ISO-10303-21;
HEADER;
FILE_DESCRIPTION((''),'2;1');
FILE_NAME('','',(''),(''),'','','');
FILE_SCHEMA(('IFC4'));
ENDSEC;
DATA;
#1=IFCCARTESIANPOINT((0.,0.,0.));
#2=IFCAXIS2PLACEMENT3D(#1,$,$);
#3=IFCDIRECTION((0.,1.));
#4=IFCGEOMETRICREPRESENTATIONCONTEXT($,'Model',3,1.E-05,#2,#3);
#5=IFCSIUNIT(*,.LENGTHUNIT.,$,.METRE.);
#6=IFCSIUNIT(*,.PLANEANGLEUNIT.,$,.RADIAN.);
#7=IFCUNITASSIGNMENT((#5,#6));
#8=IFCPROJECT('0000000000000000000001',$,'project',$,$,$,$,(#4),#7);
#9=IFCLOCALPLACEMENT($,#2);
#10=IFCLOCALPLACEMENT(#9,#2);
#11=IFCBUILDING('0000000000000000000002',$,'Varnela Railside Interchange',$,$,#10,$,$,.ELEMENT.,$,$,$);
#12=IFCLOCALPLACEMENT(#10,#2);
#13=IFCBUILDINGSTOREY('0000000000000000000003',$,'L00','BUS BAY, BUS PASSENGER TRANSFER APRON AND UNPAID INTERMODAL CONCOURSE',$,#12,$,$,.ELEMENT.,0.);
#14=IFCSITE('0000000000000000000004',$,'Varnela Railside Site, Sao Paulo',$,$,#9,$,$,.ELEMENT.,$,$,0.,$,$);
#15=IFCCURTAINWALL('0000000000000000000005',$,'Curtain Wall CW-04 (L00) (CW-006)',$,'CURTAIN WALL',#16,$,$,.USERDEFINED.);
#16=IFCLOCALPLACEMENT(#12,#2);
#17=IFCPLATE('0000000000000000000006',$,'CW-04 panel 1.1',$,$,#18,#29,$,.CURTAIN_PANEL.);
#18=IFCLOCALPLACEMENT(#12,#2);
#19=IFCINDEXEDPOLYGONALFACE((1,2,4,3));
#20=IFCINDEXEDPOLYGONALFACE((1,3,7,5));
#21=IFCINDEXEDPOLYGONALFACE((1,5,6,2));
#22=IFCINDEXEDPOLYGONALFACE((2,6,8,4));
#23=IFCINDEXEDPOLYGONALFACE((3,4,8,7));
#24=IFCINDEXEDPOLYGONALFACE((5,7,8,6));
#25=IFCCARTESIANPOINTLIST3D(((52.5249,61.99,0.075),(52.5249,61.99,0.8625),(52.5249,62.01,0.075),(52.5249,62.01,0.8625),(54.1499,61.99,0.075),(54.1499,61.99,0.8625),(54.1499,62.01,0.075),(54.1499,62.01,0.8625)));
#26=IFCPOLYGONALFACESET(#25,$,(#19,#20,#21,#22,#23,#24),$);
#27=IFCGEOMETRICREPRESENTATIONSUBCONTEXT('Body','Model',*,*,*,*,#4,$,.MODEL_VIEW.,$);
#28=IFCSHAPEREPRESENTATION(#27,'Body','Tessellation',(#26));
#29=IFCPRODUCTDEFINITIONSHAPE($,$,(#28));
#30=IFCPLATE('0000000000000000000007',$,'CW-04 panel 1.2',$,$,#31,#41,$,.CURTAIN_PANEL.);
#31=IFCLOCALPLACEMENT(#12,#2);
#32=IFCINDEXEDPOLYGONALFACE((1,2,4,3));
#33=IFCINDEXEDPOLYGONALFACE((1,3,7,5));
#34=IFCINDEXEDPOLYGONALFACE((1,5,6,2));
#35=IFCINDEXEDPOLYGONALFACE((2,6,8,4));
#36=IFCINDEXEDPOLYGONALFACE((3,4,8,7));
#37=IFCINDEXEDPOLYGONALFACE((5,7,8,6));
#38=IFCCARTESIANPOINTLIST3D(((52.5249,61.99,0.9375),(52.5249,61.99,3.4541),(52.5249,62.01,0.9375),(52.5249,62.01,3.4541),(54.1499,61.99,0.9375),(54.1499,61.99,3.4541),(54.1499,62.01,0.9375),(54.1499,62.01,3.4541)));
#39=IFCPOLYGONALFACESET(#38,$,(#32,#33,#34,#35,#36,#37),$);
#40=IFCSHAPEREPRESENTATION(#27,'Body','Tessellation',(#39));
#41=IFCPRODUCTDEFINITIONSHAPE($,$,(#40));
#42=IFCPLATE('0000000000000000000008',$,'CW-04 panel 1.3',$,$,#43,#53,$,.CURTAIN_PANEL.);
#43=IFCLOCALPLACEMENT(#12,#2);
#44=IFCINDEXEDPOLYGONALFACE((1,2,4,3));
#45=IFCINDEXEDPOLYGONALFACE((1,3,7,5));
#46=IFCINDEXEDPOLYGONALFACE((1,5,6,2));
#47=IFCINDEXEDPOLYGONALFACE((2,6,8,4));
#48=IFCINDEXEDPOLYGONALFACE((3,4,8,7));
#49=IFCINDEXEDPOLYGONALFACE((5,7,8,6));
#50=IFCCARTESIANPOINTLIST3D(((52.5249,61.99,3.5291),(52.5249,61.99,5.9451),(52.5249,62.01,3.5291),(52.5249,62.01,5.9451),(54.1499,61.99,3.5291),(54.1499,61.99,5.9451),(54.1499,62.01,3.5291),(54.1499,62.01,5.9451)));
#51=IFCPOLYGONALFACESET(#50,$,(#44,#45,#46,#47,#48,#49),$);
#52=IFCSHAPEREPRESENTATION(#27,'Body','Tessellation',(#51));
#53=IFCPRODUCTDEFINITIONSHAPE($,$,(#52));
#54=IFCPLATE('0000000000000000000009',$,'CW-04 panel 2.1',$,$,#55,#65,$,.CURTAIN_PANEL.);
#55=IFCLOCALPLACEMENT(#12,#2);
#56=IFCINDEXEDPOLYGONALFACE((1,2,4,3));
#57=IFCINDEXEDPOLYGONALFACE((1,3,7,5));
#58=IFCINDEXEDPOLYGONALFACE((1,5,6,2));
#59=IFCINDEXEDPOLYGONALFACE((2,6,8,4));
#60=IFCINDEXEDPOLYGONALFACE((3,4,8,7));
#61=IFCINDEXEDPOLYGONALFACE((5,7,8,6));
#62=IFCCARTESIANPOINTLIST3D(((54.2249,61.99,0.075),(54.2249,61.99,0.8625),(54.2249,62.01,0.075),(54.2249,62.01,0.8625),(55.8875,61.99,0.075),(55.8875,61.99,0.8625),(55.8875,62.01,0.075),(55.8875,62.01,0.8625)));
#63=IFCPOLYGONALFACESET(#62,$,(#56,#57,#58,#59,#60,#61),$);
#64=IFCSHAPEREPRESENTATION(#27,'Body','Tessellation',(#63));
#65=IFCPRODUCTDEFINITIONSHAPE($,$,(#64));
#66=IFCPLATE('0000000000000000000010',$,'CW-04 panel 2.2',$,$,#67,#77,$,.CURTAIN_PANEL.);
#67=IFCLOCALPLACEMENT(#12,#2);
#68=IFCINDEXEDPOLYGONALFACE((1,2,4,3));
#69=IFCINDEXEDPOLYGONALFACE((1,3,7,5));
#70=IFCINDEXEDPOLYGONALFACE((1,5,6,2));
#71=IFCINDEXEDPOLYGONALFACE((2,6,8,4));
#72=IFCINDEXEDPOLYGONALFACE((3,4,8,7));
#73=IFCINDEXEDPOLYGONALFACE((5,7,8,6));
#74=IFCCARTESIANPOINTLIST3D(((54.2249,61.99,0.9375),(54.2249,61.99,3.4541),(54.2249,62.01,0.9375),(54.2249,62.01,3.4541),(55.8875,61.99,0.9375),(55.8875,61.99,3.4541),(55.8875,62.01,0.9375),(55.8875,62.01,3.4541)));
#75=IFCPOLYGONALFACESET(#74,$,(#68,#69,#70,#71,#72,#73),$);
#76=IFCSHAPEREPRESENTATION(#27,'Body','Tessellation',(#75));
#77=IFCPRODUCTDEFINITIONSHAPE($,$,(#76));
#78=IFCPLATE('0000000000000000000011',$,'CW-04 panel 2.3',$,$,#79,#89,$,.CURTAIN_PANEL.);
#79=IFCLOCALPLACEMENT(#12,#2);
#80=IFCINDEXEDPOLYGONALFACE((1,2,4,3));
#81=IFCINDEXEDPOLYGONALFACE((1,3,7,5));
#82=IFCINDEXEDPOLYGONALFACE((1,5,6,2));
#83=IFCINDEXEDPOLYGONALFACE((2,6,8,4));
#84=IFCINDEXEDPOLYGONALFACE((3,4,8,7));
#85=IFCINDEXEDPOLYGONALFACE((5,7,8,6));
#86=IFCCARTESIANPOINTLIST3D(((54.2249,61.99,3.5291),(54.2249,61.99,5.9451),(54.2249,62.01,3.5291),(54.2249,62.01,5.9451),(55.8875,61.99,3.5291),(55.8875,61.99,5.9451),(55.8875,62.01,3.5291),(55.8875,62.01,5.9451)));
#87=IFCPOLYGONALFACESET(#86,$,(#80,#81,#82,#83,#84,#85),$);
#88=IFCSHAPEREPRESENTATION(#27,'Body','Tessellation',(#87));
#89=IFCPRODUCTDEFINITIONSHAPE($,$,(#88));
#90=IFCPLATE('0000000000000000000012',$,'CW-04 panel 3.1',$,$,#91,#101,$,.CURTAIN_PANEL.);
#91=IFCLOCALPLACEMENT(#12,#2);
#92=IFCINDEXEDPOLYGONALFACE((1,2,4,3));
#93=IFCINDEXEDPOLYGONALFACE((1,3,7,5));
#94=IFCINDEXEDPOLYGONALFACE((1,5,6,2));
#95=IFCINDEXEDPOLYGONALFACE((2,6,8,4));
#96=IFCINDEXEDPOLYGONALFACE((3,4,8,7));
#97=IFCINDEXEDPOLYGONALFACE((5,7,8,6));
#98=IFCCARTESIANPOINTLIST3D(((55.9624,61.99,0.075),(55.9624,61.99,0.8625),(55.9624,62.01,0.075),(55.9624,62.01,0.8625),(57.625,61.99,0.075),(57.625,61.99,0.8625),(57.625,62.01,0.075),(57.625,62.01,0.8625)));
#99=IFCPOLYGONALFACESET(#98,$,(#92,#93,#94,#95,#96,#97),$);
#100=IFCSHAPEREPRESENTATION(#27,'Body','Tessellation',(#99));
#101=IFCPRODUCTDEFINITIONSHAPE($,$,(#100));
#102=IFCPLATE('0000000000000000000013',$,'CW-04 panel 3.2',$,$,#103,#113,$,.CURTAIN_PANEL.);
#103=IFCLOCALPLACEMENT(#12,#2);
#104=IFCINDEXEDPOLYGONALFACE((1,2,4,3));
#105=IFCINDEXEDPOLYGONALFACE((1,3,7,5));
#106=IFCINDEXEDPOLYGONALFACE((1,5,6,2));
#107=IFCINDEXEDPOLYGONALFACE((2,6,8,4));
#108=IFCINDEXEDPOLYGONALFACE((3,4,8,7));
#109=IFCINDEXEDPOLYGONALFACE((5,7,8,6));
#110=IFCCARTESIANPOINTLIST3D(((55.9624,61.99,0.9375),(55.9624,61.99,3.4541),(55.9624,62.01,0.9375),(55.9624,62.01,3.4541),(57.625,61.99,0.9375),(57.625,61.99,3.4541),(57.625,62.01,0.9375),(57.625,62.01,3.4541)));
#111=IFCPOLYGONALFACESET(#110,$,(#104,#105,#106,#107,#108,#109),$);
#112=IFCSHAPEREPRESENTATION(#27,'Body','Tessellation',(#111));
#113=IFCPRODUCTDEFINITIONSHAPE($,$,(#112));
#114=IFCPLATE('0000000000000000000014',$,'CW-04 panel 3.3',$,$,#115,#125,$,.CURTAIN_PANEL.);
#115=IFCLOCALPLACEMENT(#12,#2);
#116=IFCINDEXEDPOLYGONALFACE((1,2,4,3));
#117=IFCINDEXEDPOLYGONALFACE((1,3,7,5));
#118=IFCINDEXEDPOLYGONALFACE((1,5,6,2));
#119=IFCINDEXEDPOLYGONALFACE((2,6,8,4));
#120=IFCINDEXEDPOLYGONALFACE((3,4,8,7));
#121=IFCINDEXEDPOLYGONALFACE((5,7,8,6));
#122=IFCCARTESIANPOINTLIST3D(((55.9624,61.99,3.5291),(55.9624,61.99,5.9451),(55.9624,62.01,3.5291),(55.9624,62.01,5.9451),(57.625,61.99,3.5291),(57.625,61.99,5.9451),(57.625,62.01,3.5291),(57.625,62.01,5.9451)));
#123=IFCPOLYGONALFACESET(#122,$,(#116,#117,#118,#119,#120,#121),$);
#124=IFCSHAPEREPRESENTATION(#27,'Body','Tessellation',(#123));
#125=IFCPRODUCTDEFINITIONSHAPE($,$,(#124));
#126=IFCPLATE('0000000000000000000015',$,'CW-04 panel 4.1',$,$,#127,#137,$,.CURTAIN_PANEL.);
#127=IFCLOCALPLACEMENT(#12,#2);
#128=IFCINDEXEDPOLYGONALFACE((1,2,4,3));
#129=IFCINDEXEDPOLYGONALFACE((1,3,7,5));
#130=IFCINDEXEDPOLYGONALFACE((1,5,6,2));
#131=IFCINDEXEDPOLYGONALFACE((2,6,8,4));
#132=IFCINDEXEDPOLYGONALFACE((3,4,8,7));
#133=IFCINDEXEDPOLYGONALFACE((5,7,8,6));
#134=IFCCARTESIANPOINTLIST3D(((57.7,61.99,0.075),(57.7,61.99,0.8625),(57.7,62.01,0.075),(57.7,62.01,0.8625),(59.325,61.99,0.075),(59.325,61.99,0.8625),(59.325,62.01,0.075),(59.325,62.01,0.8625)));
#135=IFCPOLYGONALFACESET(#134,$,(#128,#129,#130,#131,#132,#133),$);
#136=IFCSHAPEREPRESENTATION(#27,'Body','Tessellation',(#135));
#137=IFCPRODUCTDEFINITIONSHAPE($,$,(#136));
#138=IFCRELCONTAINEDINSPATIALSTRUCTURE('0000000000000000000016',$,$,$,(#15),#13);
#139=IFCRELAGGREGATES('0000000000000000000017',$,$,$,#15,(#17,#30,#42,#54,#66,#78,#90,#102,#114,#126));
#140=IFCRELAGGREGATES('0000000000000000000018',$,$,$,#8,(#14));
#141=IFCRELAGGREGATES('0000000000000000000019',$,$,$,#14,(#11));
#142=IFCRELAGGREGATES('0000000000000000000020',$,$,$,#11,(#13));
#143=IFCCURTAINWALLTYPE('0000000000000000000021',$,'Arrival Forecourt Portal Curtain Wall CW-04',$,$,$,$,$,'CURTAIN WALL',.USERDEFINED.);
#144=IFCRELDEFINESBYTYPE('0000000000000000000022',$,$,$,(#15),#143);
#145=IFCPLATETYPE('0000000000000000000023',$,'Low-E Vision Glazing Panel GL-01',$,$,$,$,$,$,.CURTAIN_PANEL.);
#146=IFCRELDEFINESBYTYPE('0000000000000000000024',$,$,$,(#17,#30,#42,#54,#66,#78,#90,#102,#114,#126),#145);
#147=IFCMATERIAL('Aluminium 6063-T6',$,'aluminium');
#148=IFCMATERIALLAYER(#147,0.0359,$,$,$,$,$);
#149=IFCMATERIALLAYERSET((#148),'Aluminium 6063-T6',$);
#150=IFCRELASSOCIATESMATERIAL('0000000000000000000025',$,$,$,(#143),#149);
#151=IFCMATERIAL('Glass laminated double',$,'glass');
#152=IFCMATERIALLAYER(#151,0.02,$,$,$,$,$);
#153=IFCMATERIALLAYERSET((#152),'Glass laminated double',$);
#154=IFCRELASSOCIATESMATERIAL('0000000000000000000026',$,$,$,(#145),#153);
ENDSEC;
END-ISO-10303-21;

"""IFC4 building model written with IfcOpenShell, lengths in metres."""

from ifc_helpers import new_model, si_unit, direction, frame, origin, origin_2d, place, context, subcontext, project, spatial, rectangle, extrude, material, layer, layer_set, type_object, element, aggregate, save


model = new_model("IFC4")

# Units and contexts
model_context = context("Model", 3, precision=1e-05, world=origin(), true_north=direction((0.0, 1.0)))
body_context = subcontext(model_context, "Body", "Model", "MODEL_VIEW")
ifc_project = project(units=[si_unit("LENGTHUNIT", "METRE"), si_unit("PLANEANGLEUNIT", "RADIAN")], contexts=[model_context])

# Site, building, storey
site_placement = place(None, origin())
site = spatial("IfcSite", under=ifc_project, at=site_placement, Name="Varnela Railside Site, Sao Paulo", CompositionType="ELEMENT", RefElevation=0.0)
building_placement = place(site_placement, origin())
building = spatial("IfcBuilding", under=site, at=building_placement, Name="Varnela Railside Interchange", CompositionType="ELEMENT")
storey_placement = place(building_placement, origin())
storey = spatial("IfcBuildingStorey", under=building, at=storey_placement, Name="L00", Description="BUS BAY, BUS PASSENGER TRANSFER APRON AND UNPAID INTERMODAL CONCOURSE", CompositionType="ELEMENT", Elevation=0.0)

# Curtain wall, plates
ifc_material_1 = material(Name="Aluminium 6063-T6", Category="aluminium")
ifc_layer_1 = layer(ifc_material_1, 0.0359)
ifc_layer_set_1 = layer_set([ifc_layer_1], Name="Aluminium 6063-T6")
curtain_wall_type = type_object("IfcCurtainWallType", Name="Arrival Forecourt Portal Curtain Wall CW-04", ElementType="CURTAIN WALL", PredefinedType="USERDEFINED", material=ifc_layer_set_1)
curtain_wall_placement = place(storey_placement, origin())
curtain_wall = element("IfcCurtainWall", 1, at=curtain_wall_placement, inside=storey, type_object=curtain_wall_type, Name="Curtain Wall CW-04 (L00) (CW-006)", ObjectType="CURTAIN WALL", PredefinedType="USERDEFINED")
ifc_material_2 = material(Name="Glass laminated double", Category="glass")
ifc_layer_2 = layer(ifc_material_2, 0.02)
ifc_layer_set_2 = layer_set([ifc_layer_2], Name="Glass laminated double")
plate_type = type_object("IfcPlateType", Name="Low-E Vision Glazing Panel GL-01", PredefinedType="CURTAIN_PANEL", material=ifc_layer_set_2)
plate_1_placement = place(storey_placement, frame((53.3374, 62.0, 0.075), z_axis=(0.0, 0.0, 1.0), x_axis=(1.0, 0.0, 0.0)))
plate_1 = element("IfcPlate", 2, at=plate_1_placement, type_object=plate_type, Name="CW-04 panel 1.1", PredefinedType="CURTAIN_PANEL", context=body_context, shape_type="SweptSolid", body=[
    extrude(rectangle(XDim=1.625, YDim=0.02, at=origin_2d()), origin(), (0.0, 0.0, 1.0), 0.7876),
])
plate_2_placement = place(storey_placement, frame((53.3374, 62.0, 0.9375), z_axis=(0.0, 0.0, 1.0), x_axis=(1.0, 0.0, 0.0)))
plate_2 = element("IfcPlate", 3, at=plate_2_placement, type_object=plate_type, Name="CW-04 panel 1.2", PredefinedType="CURTAIN_PANEL", context=body_context, shape_type="SweptSolid", body=[
    extrude(rectangle(XDim=1.625, YDim=0.02, at=origin_2d()), origin(), (0.0, 0.0, 1.0), 2.5166),
])
plate_3_placement = place(storey_placement, frame((53.3374, 62.0, 3.5291), z_axis=(0.0, 0.0, 1.0), x_axis=(1.0, 0.0, 0.0)))
plate_3 = element("IfcPlate", 4, at=plate_3_placement, type_object=plate_type, Name="CW-04 panel 1.3", PredefinedType="CURTAIN_PANEL", context=body_context, shape_type="SweptSolid", body=[
    extrude(rectangle(XDim=1.625, YDim=0.02, at=origin_2d()), origin(), (0.0, 0.0, 1.0), 2.416),
])
plate_4_placement = place(storey_placement, frame((55.0562, 62.0, 0.075), z_axis=(0.0, 0.0, 1.0), x_axis=(1.0, 0.0, 0.0)))
plate_4 = element("IfcPlate", 5, at=plate_4_placement, type_object=plate_type, Name="CW-04 panel 2.1", PredefinedType="CURTAIN_PANEL", context=body_context, shape_type="SweptSolid", body=[
    extrude(rectangle(XDim=1.6626, YDim=0.02, at=origin_2d()), origin(), (0.0, 0.0, 1.0), 0.7876),
])
plate_5_placement = place(storey_placement, frame((55.0562, 62.0, 0.9375), z_axis=(0.0, 0.0, 1.0), x_axis=(1.0, 0.0, 0.0)))
plate_5 = element("IfcPlate", 6, at=plate_5_placement, type_object=plate_type, Name="CW-04 panel 2.2", PredefinedType="CURTAIN_PANEL", context=body_context, shape_type="SweptSolid", body=[
    extrude(rectangle(XDim=1.6626, YDim=0.02, at=origin_2d()), origin(), (0.0, 0.0, 1.0), 2.5166),
])
plate_6_placement = place(storey_placement, frame((55.0562, 62.0, 3.5291), z_axis=(0.0, 0.0, 1.0), x_axis=(1.0, 0.0, 0.0)))
plate_6 = element("IfcPlate", 7, at=plate_6_placement, type_object=plate_type, Name="CW-04 panel 2.3", PredefinedType="CURTAIN_PANEL", context=body_context, shape_type="SweptSolid", body=[
    extrude(rectangle(XDim=1.6626, YDim=0.02, at=origin_2d()), origin(), (0.0, 0.0, 1.0), 2.416),
])
plate_7_placement = place(storey_placement, frame((56.7937, 62.0, 0.075), z_axis=(0.0, 0.0, 1.0), x_axis=(1.0, 0.0, 0.0)))
plate_7 = element("IfcPlate", 8, at=plate_7_placement, type_object=plate_type, Name="CW-04 panel 3.1", PredefinedType="CURTAIN_PANEL", context=body_context, shape_type="SweptSolid", body=[
    extrude(rectangle(XDim=1.6626, YDim=0.02, at=origin_2d()), origin(), (0.0, 0.0, 1.0), 0.7876),
])
plate_8_placement = place(storey_placement, frame((56.7937, 62.0, 0.9375), z_axis=(0.0, 0.0, 1.0), x_axis=(1.0, 0.0, 0.0)))
plate_8 = element("IfcPlate", 9, at=plate_8_placement, type_object=plate_type, Name="CW-04 panel 3.2", PredefinedType="CURTAIN_PANEL", context=body_context, shape_type="SweptSolid", body=[
    extrude(rectangle(XDim=1.6626, YDim=0.02, at=origin_2d()), origin(), (0.0, 0.0, 1.0), 2.5166),
])
plate_9_placement = place(storey_placement, frame((56.7937, 62.0, 3.5291), z_axis=(0.0, 0.0, 1.0), x_axis=(1.0, 0.0, 0.0)))
plate_9 = element("IfcPlate", 10, at=plate_9_placement, type_object=plate_type, Name="CW-04 panel 3.3", PredefinedType="CURTAIN_PANEL", context=body_context, shape_type="SweptSolid", body=[
    extrude(rectangle(XDim=1.6626, YDim=0.02, at=origin_2d()), origin(), (0.0, 0.0, 1.0), 2.416),
])
plate_10_placement = place(storey_placement, frame((58.5125, 62.0, 0.075), z_axis=(0.0, 0.0, 1.0), x_axis=(1.0, 0.0, 0.0)))
plate_10 = element("IfcPlate", 11, at=plate_10_placement, type_object=plate_type, Name="CW-04 panel 4.1", PredefinedType="CURTAIN_PANEL", context=body_context, shape_type="SweptSolid", body=[
    extrude(rectangle(XDim=1.625, YDim=0.02, at=origin_2d()), origin(), (0.0, 0.0, 1.0), 0.7876),
])
aggregate(curtain_wall, [plate_1, plate_2, plate_3, plate_4, plate_5, plate_6, plate_7, plate_8, plate_9, plate_10])

save(model, "model.ifc")
